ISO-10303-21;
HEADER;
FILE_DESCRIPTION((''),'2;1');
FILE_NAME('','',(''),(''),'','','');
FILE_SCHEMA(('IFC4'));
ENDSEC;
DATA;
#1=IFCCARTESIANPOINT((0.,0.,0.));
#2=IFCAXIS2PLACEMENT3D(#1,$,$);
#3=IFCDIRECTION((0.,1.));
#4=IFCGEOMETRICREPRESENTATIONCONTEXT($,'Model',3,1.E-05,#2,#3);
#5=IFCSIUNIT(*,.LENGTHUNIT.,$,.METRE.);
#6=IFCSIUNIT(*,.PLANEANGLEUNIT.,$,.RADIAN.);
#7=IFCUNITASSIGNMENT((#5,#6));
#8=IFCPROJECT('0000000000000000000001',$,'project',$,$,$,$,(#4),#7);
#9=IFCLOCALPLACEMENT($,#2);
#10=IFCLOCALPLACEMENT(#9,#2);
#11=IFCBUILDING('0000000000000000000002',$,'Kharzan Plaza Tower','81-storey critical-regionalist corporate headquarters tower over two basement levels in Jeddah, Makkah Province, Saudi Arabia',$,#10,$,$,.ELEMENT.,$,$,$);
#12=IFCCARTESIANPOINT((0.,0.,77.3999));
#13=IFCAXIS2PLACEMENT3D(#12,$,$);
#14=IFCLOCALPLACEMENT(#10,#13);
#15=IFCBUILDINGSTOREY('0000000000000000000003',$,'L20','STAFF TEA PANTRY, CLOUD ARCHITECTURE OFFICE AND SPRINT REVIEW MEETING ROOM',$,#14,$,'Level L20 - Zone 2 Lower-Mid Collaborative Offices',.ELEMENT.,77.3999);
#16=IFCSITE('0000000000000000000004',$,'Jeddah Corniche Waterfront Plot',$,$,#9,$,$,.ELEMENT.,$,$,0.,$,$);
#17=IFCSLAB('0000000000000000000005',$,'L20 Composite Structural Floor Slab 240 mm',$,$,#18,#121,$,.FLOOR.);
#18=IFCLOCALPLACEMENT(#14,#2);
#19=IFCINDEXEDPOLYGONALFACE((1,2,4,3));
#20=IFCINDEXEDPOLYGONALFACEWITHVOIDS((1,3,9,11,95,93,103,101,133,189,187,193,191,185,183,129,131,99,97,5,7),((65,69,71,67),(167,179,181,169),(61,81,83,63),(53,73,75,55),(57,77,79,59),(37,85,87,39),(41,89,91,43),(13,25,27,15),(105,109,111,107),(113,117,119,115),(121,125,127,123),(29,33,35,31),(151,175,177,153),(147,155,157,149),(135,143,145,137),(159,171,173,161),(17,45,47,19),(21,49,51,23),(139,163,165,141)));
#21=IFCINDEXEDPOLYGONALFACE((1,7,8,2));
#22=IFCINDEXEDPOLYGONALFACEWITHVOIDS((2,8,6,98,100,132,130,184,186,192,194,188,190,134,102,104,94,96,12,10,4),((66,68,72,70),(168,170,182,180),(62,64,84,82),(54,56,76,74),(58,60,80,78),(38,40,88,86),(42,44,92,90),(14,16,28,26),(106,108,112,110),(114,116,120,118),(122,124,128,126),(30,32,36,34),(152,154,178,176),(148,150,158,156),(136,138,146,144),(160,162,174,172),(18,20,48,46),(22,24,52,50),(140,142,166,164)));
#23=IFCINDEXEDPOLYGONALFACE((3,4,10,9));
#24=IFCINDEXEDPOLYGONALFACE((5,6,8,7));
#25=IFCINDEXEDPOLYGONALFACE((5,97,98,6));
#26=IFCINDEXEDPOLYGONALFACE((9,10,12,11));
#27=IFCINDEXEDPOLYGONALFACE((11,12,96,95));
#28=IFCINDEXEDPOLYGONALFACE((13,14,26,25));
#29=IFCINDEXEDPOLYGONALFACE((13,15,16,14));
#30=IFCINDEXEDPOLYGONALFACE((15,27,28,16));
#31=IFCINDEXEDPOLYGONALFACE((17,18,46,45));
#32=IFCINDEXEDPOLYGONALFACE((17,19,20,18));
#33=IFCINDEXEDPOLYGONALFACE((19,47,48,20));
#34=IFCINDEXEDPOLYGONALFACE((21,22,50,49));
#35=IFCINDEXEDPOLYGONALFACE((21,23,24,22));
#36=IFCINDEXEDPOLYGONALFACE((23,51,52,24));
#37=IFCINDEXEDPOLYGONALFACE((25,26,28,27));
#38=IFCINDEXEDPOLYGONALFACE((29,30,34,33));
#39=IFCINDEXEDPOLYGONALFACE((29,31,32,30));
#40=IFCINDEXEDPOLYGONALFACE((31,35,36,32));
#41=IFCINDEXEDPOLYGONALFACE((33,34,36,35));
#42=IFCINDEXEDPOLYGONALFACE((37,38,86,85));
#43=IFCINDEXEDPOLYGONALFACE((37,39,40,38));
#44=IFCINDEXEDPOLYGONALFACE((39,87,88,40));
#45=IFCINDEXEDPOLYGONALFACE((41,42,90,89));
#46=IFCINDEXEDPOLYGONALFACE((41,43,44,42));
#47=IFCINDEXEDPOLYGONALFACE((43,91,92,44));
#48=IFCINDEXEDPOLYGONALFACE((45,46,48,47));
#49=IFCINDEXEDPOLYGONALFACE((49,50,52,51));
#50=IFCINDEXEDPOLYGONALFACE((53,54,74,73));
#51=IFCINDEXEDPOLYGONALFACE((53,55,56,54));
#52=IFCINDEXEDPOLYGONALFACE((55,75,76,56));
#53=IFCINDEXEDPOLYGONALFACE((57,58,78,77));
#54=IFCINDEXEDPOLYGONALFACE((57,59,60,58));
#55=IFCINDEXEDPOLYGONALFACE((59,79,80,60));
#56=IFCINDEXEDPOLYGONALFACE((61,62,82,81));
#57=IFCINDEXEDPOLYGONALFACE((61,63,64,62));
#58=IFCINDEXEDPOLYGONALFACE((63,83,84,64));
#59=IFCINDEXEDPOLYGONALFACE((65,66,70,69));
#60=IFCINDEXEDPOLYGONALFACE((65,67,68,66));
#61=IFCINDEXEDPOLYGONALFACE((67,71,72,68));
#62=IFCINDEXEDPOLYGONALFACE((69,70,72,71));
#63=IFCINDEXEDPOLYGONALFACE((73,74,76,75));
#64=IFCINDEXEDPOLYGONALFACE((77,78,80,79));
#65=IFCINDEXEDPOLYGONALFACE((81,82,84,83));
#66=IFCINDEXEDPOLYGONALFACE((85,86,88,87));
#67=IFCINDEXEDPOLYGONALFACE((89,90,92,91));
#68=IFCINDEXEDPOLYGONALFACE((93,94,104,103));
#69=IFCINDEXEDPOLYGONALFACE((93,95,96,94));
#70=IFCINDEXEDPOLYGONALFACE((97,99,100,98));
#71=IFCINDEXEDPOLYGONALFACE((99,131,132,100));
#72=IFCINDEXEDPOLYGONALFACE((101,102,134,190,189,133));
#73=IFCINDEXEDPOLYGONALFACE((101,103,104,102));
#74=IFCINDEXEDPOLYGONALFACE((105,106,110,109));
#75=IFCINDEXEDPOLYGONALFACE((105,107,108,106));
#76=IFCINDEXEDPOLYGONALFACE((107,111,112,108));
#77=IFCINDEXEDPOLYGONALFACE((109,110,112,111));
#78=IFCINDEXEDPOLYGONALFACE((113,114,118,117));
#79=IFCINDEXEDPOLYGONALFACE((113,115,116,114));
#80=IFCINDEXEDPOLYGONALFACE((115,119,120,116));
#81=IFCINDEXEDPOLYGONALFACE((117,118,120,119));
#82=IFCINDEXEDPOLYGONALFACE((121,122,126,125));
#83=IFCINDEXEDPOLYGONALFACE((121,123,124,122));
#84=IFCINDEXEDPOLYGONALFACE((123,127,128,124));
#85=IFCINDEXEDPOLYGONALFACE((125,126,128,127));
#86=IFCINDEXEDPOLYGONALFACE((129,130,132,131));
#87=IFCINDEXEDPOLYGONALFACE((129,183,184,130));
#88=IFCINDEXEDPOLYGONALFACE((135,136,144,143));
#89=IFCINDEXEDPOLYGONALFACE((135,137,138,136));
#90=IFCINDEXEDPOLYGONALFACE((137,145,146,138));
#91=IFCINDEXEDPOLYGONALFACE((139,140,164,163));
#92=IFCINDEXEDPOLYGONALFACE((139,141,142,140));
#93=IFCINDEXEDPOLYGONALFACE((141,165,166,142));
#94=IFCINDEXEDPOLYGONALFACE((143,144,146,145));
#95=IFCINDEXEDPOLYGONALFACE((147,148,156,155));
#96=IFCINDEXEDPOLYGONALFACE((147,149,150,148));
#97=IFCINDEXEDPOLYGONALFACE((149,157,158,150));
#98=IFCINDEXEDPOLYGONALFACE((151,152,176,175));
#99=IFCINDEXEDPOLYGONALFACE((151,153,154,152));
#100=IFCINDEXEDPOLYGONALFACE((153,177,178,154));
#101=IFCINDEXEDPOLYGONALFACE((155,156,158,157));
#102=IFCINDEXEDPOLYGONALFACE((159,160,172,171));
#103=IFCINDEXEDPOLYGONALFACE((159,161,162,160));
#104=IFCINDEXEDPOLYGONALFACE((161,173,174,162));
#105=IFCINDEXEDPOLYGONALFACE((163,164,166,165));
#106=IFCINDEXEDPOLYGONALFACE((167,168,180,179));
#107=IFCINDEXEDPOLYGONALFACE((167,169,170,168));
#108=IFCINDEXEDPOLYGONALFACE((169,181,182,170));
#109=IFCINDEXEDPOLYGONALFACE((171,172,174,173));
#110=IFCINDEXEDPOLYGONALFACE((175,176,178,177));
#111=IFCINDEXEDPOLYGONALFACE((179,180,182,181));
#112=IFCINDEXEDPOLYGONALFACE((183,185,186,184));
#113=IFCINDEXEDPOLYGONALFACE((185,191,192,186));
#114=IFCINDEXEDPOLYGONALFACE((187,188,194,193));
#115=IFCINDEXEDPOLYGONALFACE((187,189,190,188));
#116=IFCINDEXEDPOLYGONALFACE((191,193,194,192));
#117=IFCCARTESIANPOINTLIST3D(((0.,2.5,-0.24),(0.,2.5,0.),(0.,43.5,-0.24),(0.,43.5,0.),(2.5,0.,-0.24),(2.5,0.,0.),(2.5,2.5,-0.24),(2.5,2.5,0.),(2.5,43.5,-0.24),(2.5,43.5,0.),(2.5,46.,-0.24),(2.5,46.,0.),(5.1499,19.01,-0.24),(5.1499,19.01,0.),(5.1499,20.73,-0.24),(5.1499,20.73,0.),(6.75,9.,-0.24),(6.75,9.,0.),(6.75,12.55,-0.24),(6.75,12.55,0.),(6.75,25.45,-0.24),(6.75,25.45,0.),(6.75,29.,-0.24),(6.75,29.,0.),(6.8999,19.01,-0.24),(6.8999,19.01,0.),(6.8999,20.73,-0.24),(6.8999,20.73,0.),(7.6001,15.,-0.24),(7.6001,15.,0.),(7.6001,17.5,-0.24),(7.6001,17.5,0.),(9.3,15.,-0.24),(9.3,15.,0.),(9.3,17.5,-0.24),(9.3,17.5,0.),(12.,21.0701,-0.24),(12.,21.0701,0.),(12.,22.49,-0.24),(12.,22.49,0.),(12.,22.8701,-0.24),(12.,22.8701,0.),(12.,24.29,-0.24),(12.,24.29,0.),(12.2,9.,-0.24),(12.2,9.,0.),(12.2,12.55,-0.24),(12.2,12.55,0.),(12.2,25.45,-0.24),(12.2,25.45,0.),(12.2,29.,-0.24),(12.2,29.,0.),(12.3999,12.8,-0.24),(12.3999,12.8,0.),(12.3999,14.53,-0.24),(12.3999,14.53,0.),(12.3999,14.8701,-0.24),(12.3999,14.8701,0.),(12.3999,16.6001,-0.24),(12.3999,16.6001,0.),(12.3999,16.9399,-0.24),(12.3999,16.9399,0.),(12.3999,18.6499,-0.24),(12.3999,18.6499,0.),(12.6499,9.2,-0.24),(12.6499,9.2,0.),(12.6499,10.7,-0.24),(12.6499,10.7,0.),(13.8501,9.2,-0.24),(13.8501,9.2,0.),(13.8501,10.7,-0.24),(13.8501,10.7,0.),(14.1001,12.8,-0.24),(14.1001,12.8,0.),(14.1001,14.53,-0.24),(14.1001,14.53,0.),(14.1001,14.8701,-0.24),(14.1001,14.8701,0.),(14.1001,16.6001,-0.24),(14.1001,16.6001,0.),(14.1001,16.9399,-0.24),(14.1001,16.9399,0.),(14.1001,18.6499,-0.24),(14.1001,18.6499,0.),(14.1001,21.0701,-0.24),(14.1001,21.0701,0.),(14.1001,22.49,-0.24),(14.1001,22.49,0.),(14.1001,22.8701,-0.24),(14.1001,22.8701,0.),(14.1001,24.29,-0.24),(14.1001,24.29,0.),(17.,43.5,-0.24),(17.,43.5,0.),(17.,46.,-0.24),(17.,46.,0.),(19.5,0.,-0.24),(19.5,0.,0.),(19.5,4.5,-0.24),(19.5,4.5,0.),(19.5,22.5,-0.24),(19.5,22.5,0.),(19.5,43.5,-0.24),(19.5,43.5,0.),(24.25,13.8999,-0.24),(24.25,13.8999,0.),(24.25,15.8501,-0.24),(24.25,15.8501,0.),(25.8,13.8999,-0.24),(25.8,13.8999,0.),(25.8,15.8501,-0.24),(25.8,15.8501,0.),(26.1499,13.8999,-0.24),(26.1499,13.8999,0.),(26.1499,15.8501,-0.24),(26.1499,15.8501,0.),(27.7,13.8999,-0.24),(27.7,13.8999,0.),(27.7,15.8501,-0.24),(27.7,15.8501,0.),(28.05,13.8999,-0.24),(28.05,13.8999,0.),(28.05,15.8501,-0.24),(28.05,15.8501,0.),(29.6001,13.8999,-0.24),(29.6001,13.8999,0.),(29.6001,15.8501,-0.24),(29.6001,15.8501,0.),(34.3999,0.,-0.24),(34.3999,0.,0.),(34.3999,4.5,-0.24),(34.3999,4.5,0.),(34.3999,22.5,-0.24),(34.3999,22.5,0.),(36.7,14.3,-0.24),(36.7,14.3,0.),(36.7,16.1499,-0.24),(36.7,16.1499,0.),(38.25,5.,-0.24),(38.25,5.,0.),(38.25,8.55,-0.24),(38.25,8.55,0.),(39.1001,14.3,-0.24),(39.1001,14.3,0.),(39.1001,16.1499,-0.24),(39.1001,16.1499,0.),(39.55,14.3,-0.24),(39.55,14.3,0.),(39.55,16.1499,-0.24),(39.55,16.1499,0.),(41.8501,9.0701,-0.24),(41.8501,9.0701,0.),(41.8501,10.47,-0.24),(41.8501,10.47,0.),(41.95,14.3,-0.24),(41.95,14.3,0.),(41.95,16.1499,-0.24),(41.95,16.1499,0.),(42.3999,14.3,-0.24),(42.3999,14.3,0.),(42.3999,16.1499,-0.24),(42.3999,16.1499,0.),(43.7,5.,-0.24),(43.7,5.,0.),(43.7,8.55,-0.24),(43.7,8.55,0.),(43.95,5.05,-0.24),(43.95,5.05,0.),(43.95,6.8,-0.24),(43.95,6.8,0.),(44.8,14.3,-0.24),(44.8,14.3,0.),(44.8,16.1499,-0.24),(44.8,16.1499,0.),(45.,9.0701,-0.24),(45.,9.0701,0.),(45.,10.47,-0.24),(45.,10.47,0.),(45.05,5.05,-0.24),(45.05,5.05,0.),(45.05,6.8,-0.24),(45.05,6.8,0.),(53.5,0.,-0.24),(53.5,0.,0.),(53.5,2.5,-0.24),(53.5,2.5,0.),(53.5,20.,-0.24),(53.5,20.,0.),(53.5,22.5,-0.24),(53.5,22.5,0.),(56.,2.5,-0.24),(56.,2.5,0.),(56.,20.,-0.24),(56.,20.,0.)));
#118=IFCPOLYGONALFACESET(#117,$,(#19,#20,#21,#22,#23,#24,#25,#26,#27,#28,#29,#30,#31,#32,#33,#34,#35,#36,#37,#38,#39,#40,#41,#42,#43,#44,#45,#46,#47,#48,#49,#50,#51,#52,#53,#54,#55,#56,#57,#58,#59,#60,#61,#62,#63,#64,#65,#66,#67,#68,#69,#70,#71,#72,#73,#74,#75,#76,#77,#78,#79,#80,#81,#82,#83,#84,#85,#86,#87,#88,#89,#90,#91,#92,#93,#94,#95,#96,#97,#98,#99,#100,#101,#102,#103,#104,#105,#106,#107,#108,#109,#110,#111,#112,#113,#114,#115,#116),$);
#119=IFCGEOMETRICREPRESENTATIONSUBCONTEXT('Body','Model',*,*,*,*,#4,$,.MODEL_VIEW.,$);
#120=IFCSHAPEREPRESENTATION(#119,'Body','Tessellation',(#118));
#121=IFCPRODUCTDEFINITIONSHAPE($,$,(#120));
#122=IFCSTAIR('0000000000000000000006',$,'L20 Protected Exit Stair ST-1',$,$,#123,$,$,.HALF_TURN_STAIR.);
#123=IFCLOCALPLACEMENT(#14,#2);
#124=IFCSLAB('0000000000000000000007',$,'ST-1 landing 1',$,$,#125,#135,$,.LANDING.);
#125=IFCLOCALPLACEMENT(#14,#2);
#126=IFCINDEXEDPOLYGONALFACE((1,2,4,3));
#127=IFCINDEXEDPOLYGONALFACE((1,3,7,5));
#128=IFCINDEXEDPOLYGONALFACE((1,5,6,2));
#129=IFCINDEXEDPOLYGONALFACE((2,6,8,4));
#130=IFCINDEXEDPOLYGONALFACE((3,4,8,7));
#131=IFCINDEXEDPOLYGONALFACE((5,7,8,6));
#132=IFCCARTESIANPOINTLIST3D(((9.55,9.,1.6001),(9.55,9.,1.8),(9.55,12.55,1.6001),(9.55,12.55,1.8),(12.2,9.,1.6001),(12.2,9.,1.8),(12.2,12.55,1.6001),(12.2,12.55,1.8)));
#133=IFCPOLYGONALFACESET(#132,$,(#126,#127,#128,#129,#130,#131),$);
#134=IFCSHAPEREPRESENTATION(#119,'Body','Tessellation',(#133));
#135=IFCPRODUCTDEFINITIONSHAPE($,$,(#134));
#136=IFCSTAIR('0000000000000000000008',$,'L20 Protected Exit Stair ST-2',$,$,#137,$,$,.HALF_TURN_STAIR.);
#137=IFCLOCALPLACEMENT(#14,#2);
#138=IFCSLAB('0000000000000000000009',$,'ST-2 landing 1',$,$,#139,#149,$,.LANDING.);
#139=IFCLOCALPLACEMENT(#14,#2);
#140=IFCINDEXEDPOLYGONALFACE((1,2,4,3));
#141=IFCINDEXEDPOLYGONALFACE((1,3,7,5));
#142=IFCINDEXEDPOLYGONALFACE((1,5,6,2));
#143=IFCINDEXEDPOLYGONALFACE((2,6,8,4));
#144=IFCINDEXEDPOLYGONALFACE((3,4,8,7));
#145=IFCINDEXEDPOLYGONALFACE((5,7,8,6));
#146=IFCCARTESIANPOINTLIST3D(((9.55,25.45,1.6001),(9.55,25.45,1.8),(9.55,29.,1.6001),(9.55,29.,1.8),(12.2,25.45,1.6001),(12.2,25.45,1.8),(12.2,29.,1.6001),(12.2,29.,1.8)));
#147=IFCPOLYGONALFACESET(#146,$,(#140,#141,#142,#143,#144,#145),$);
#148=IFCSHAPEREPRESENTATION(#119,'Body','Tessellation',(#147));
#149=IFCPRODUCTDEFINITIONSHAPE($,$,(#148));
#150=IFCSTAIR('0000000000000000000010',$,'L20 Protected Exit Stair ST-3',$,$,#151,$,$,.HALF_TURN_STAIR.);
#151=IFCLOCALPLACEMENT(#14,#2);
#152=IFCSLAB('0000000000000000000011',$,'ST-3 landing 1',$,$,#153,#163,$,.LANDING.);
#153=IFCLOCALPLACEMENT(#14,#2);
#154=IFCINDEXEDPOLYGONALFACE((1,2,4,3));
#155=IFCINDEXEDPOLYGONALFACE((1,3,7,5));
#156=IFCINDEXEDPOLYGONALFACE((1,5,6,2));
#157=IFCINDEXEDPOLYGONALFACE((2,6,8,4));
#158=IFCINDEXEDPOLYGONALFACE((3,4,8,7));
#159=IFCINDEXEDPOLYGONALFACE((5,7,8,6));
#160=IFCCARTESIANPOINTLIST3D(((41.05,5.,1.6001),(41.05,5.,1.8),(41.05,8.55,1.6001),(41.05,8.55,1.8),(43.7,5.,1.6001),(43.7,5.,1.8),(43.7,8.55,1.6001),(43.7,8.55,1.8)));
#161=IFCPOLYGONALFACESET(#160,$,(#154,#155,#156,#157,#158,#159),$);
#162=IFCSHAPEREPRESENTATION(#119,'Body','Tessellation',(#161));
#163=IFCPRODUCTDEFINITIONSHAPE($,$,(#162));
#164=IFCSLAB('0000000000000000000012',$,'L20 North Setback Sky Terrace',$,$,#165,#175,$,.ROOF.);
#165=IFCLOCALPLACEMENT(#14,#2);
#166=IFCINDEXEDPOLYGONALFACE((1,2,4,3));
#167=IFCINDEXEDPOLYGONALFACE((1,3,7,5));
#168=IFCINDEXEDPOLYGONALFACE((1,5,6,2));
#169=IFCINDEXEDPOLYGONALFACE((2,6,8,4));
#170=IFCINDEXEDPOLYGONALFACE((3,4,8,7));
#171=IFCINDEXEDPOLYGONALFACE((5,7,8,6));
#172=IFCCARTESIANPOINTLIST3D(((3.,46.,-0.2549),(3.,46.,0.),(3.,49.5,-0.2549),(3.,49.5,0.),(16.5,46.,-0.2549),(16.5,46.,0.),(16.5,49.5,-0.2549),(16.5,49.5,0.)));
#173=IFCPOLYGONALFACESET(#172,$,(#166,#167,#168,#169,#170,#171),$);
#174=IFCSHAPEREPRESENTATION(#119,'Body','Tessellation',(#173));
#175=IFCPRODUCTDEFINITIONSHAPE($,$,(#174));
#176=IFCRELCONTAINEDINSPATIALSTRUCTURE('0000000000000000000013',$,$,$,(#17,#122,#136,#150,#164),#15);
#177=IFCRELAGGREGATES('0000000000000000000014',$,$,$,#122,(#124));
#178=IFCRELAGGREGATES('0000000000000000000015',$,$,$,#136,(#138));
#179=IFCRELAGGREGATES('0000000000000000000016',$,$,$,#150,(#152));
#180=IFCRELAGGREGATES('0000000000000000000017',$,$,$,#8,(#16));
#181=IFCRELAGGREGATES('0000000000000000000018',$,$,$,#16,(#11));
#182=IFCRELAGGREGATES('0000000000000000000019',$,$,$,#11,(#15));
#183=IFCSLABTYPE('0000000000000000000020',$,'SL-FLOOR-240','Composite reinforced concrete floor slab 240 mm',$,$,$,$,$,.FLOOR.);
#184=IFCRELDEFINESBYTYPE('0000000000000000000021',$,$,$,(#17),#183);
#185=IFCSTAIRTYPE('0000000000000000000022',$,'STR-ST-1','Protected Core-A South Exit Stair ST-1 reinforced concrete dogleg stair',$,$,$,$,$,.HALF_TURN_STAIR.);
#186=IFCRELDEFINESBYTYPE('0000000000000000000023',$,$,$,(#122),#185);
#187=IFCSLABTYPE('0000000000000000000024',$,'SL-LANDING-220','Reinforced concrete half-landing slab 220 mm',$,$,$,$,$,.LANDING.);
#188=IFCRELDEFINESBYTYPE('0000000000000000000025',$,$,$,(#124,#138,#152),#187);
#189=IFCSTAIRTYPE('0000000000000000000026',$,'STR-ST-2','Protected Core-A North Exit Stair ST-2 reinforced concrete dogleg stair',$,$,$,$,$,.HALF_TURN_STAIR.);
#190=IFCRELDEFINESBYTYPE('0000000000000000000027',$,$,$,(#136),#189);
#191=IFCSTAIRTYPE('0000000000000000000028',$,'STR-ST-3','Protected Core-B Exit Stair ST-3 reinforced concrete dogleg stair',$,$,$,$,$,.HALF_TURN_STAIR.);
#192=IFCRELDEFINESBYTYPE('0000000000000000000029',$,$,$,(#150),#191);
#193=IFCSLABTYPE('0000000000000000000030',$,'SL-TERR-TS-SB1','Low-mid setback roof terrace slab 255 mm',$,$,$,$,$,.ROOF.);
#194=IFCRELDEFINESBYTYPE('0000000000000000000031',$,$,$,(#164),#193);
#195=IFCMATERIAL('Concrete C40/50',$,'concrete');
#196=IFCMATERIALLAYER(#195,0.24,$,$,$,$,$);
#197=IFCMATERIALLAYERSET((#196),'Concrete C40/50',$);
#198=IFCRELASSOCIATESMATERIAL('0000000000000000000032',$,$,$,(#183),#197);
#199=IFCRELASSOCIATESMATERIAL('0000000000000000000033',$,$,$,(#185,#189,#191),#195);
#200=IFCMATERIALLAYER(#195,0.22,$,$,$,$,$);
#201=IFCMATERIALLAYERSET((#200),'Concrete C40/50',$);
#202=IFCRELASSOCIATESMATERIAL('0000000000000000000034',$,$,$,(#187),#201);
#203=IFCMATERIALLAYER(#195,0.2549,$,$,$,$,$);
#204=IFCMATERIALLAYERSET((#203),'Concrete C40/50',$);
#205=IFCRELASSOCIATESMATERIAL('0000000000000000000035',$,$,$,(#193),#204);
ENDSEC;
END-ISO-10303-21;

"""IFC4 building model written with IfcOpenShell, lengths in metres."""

from ifc_helpers import new_model, si_unit, direction, frame, origin, place, context, subcontext, project, spatial, polyline, outline, extrude, material, layer, layer_set, type_object, element, aggregate, save


model = new_model("IFC4")

# Units and contexts
model_context = context("Model", 3, precision=1e-05, world=origin(), true_north=direction((0.0, 1.0)))
body_context = subcontext(model_context, "Body", "Model", "MODEL_VIEW")
ifc_project = project(units=[si_unit("LENGTHUNIT", "METRE"), si_unit("PLANEANGLEUNIT", "RADIAN")], contexts=[model_context])

# Site, building, storey
site_placement = place(None, origin())
site = spatial("IfcSite", under=ifc_project, at=site_placement, Name="Jeddah Corniche Waterfront Plot", CompositionType="ELEMENT", RefElevation=0.0)
building_placement = place(site_placement, origin())
building = spatial("IfcBuilding", under=site, at=building_placement, Name="Kharzan Plaza Tower", Description="81-storey critical-regionalist corporate headquarters tower over two basement levels in Jeddah, Makkah Province, Saudi Arabia", CompositionType="ELEMENT")
storey_placement = place(building_placement, frame((0.0, 0.0, 77.3999)))
storey = spatial("IfcBuildingStorey", under=building, at=storey_placement, Name="L20", Description="STAFF TEA PANTRY, CLOUD ARCHITECTURE OFFICE AND SPRINT REVIEW MEETING ROOM", LongName="Level L20 - Zone 2 Lower-Mid Collaborative Offices", CompositionType="ELEMENT", Elevation=77.3999)

# Slab
ifc_material_1 = material(Name="Concrete C40/50", Category="concrete")
ifc_layer_1 = layer(ifc_material_1, 0.24)
ifc_layer_set_1 = layer_set([ifc_layer_1], Name="Concrete C40/50")
slab_type_1 = type_object("IfcSlabType", Name="SL-FLOOR-240", Description="Composite reinforced concrete floor slab 240 mm", PredefinedType="FLOOR", material=ifc_layer_set_1)
slab_1_placement = place(storey_placement, frame((0.0, 0.0, -0.24)))
element("IfcSlab", 1, at=slab_1_placement, inside=storey, type_object=slab_type_1, Name="L20 Composite Structural Floor Slab 240 mm", PredefinedType="FLOOR", context=body_context, shape_type="SweptSolid", body=[
    extrude(outline(polyline([(34.3999, 22.5), (19.5, 22.5), (19.5, 43.5), (17.0, 43.5), (17.0, 46.0), (2.5, 46.0), (2.5, 43.5), (0.0, 43.5), (0.0, 2.5), (2.5, 2.5), (2.5, 0.0), (19.5, 0.0), (19.5, 4.5), (34.3999, 4.5), (34.3999, 0.0), (53.5, 0.0), (53.5, 2.5), (56.0, 2.5), (56.0, 20.0), (53.5, 20.0), (53.5, 22.5), (34.3999, 22.5)]), holes=[polyline([(13.8501, 9.2), (13.8501, 10.7), (12.6499, 10.7), (12.6499, 9.2), (13.8501, 9.2)]), polyline([(12.2, 9.0), (12.2, 12.55), (6.75, 12.55), (6.75, 9.0), (12.2, 9.0)]), polyline([(14.1001, 12.8), (14.1001, 14.53), (12.3999, 14.53), (12.3999, 12.8), (14.1001, 12.8)]), polyline([(14.1001, 14.8701), (14.1001, 16.6001), (12.3999, 16.6001), (12.3999, 14.8701), (14.1001, 14.8701)]), polyline([(9.3, 15.0), (9.3, 17.5), (7.6001, 17.5), (7.6001, 15.0), (9.3, 15.0)]), polyline([(14.1001, 16.9399), (14.1001, 18.6499), (12.3999, 18.6499), (12.3999, 16.9399), (14.1001, 16.9399)]), polyline([(6.8999, 19.01), (6.8999, 20.73), (5.1499, 20.73), (5.1499, 19.01), (6.8999, 19.01)]), polyline([(12.0, 21.0701), (14.1001, 21.0701), (14.1001, 22.49), (12.0, 22.49), (12.0, 21.0701)]), polyline([(12.0, 22.8701), (14.1001, 22.8701), (14.1001, 24.29), (12.0, 24.29), (12.0, 22.8701)]), polyline([(12.2, 25.45), (12.2, 29.0), (6.75, 29.0), (6.75, 25.45), (12.2, 25.45)]), polyline([(45.05, 5.05), (45.05, 6.8), (43.95, 6.8), (43.95, 5.05), (45.05, 5.05)]), polyline([(43.7, 5.0), (43.7, 8.55), (38.25, 8.55), (38.25, 5.0), (43.7, 5.0)]), polyline([(41.8501, 9.0701), (45.0, 9.0701), (45.0, 10.47), (41.8501, 10.47), (41.8501, 9.0701)]), polyline([(24.25, 13.8999), (25.8, 13.8999), (25.8, 15.8501), (24.25, 15.8501), (24.25, 13.8999)]), polyline([(27.7, 13.8999), (27.7, 15.8501), (26.1499, 15.8501), (26.1499, 13.8999), (27.7, 13.8999)]), polyline([(29.6001, 13.8999), (29.6001, 15.8501), (28.05, 15.8501), (28.05, 13.8999), (29.6001, 13.8999)]), polyline([(39.1001, 14.3), (39.1001, 16.1499), (36.7, 16.1499), (36.7, 14.3), (39.1001, 14.3)]), polyline([(39.55, 14.3), (41.95, 14.3), (41.95, 16.1499), (39.55, 16.1499), (39.55, 14.3)]), polyline([(42.3999, 14.3), (44.8, 14.3), (44.8, 16.1499), (42.3999, 16.1499), (42.3999, 14.3)])]), origin(), (0.0, 0.0, 1.0), 0.24),
])

# Stairs, slabs
stair_type_1 = type_object("IfcStairType", Name="STR-ST-1", Description="Protected Core-A South Exit Stair ST-1 reinforced concrete dogleg stair", PredefinedType="HALF_TURN_STAIR", material=ifc_material_1)
stair_1_placement = place(storey_placement, origin())
stair_1 = element("IfcStair", 2, at=stair_1_placement, inside=storey, type_object=stair_type_1, Name="L20 Protected Exit Stair ST-1", PredefinedType="HALF_TURN_STAIR")
ifc_layer_2 = layer(ifc_material_1, 0.22)
ifc_layer_set_2 = layer_set([ifc_layer_2], Name="Concrete C40/50")
slab_type_2 = type_object("IfcSlabType", Name="SL-LANDING-220", Description="Reinforced concrete half-landing slab 220 mm", PredefinedType="LANDING", material=ifc_layer_set_2)
slab_2_placement = place(storey_placement, frame((0.0, 0.0, 1.6001)))
slab_2 = element("IfcSlab", 3, at=slab_2_placement, type_object=slab_type_2, Name="ST-1 landing 1", PredefinedType="LANDING", context=body_context, shape_type="SweptSolid", body=[
    extrude(outline(polyline([(9.55, 9.0), (12.2, 9.0), (12.2, 12.55), (9.55, 12.55), (9.55, 9.0)])), origin(), (0.0, 0.0, 1.0), 0.2),
])
aggregate(stair_1, [slab_2])
stair_type_2 = type_object("IfcStairType", Name="STR-ST-2", Description="Protected Core-A North Exit Stair ST-2 reinforced concrete dogleg stair", PredefinedType="HALF_TURN_STAIR", material=ifc_material_1)
stair_2_placement = place(storey_placement, origin())
stair_2 = element("IfcStair", 4, at=stair_2_placement, inside=storey, type_object=stair_type_2, Name="L20 Protected Exit Stair ST-2", PredefinedType="HALF_TURN_STAIR")
slab_3_placement = place(storey_placement, frame((0.0, 0.0, 1.6001)))
slab_3 = element("IfcSlab", 5, at=slab_3_placement, type_object=slab_type_2, Name="ST-2 landing 1", PredefinedType="LANDING", context=body_context, shape_type="SweptSolid", body=[
    extrude(outline(polyline([(9.55, 25.45), (12.2, 25.45), (12.2, 29.0), (9.55, 29.0), (9.55, 25.45)])), origin(), (0.0, 0.0, 1.0), 0.2),
])
aggregate(stair_2, [slab_3])
stair_type_3 = type_object("IfcStairType", Name="STR-ST-3", Description="Protected Core-B Exit Stair ST-3 reinforced concrete dogleg stair", PredefinedType="HALF_TURN_STAIR", material=ifc_material_1)
stair_3_placement = place(storey_placement, origin())
stair_3 = element("IfcStair", 6, at=stair_3_placement, inside=storey, type_object=stair_type_3, Name="L20 Protected Exit Stair ST-3", PredefinedType="HALF_TURN_STAIR")
slab_4_placement = place(storey_placement, frame((0.0, 0.0, 1.6001)))
slab_4 = element("IfcSlab", 7, at=slab_4_placement, type_object=slab_type_2, Name="ST-3 landing 1", PredefinedType="LANDING", context=body_context, shape_type="SweptSolid", body=[
    extrude(outline(polyline([(41.05, 5.0), (43.7, 5.0), (43.7, 8.55), (41.05, 8.55), (41.05, 5.0)])), origin(), (0.0, 0.0, 1.0), 0.2),
])
aggregate(stair_3, [slab_4])

# Slab
ifc_layer_3 = layer(ifc_material_1, 0.2549)
ifc_layer_set_3 = layer_set([ifc_layer_3], Name="Concrete C40/50")
slab_type_3 = type_object("IfcSlabType", Name="SL-TERR-TS-SB1", Description="Low-mid setback roof terrace slab 255 mm", PredefinedType="ROOF", material=ifc_layer_set_3)
slab_5_placement = place(storey_placement, frame((0.0, 0.0, -0.2549)))
element("IfcSlab", 8, at=slab_5_placement, inside=storey, type_object=slab_type_3, Name="L20 North Setback Sky Terrace", PredefinedType="ROOF", context=body_context, shape_type="SweptSolid", body=[
    extrude(outline(polyline([(3.0, 46.0), (16.5, 46.0), (16.5, 49.5), (3.0, 49.5), (3.0, 46.0)])), origin(), (0.0, 0.0, 1.0), 0.2549),
])

save(model, "model.ifc")
